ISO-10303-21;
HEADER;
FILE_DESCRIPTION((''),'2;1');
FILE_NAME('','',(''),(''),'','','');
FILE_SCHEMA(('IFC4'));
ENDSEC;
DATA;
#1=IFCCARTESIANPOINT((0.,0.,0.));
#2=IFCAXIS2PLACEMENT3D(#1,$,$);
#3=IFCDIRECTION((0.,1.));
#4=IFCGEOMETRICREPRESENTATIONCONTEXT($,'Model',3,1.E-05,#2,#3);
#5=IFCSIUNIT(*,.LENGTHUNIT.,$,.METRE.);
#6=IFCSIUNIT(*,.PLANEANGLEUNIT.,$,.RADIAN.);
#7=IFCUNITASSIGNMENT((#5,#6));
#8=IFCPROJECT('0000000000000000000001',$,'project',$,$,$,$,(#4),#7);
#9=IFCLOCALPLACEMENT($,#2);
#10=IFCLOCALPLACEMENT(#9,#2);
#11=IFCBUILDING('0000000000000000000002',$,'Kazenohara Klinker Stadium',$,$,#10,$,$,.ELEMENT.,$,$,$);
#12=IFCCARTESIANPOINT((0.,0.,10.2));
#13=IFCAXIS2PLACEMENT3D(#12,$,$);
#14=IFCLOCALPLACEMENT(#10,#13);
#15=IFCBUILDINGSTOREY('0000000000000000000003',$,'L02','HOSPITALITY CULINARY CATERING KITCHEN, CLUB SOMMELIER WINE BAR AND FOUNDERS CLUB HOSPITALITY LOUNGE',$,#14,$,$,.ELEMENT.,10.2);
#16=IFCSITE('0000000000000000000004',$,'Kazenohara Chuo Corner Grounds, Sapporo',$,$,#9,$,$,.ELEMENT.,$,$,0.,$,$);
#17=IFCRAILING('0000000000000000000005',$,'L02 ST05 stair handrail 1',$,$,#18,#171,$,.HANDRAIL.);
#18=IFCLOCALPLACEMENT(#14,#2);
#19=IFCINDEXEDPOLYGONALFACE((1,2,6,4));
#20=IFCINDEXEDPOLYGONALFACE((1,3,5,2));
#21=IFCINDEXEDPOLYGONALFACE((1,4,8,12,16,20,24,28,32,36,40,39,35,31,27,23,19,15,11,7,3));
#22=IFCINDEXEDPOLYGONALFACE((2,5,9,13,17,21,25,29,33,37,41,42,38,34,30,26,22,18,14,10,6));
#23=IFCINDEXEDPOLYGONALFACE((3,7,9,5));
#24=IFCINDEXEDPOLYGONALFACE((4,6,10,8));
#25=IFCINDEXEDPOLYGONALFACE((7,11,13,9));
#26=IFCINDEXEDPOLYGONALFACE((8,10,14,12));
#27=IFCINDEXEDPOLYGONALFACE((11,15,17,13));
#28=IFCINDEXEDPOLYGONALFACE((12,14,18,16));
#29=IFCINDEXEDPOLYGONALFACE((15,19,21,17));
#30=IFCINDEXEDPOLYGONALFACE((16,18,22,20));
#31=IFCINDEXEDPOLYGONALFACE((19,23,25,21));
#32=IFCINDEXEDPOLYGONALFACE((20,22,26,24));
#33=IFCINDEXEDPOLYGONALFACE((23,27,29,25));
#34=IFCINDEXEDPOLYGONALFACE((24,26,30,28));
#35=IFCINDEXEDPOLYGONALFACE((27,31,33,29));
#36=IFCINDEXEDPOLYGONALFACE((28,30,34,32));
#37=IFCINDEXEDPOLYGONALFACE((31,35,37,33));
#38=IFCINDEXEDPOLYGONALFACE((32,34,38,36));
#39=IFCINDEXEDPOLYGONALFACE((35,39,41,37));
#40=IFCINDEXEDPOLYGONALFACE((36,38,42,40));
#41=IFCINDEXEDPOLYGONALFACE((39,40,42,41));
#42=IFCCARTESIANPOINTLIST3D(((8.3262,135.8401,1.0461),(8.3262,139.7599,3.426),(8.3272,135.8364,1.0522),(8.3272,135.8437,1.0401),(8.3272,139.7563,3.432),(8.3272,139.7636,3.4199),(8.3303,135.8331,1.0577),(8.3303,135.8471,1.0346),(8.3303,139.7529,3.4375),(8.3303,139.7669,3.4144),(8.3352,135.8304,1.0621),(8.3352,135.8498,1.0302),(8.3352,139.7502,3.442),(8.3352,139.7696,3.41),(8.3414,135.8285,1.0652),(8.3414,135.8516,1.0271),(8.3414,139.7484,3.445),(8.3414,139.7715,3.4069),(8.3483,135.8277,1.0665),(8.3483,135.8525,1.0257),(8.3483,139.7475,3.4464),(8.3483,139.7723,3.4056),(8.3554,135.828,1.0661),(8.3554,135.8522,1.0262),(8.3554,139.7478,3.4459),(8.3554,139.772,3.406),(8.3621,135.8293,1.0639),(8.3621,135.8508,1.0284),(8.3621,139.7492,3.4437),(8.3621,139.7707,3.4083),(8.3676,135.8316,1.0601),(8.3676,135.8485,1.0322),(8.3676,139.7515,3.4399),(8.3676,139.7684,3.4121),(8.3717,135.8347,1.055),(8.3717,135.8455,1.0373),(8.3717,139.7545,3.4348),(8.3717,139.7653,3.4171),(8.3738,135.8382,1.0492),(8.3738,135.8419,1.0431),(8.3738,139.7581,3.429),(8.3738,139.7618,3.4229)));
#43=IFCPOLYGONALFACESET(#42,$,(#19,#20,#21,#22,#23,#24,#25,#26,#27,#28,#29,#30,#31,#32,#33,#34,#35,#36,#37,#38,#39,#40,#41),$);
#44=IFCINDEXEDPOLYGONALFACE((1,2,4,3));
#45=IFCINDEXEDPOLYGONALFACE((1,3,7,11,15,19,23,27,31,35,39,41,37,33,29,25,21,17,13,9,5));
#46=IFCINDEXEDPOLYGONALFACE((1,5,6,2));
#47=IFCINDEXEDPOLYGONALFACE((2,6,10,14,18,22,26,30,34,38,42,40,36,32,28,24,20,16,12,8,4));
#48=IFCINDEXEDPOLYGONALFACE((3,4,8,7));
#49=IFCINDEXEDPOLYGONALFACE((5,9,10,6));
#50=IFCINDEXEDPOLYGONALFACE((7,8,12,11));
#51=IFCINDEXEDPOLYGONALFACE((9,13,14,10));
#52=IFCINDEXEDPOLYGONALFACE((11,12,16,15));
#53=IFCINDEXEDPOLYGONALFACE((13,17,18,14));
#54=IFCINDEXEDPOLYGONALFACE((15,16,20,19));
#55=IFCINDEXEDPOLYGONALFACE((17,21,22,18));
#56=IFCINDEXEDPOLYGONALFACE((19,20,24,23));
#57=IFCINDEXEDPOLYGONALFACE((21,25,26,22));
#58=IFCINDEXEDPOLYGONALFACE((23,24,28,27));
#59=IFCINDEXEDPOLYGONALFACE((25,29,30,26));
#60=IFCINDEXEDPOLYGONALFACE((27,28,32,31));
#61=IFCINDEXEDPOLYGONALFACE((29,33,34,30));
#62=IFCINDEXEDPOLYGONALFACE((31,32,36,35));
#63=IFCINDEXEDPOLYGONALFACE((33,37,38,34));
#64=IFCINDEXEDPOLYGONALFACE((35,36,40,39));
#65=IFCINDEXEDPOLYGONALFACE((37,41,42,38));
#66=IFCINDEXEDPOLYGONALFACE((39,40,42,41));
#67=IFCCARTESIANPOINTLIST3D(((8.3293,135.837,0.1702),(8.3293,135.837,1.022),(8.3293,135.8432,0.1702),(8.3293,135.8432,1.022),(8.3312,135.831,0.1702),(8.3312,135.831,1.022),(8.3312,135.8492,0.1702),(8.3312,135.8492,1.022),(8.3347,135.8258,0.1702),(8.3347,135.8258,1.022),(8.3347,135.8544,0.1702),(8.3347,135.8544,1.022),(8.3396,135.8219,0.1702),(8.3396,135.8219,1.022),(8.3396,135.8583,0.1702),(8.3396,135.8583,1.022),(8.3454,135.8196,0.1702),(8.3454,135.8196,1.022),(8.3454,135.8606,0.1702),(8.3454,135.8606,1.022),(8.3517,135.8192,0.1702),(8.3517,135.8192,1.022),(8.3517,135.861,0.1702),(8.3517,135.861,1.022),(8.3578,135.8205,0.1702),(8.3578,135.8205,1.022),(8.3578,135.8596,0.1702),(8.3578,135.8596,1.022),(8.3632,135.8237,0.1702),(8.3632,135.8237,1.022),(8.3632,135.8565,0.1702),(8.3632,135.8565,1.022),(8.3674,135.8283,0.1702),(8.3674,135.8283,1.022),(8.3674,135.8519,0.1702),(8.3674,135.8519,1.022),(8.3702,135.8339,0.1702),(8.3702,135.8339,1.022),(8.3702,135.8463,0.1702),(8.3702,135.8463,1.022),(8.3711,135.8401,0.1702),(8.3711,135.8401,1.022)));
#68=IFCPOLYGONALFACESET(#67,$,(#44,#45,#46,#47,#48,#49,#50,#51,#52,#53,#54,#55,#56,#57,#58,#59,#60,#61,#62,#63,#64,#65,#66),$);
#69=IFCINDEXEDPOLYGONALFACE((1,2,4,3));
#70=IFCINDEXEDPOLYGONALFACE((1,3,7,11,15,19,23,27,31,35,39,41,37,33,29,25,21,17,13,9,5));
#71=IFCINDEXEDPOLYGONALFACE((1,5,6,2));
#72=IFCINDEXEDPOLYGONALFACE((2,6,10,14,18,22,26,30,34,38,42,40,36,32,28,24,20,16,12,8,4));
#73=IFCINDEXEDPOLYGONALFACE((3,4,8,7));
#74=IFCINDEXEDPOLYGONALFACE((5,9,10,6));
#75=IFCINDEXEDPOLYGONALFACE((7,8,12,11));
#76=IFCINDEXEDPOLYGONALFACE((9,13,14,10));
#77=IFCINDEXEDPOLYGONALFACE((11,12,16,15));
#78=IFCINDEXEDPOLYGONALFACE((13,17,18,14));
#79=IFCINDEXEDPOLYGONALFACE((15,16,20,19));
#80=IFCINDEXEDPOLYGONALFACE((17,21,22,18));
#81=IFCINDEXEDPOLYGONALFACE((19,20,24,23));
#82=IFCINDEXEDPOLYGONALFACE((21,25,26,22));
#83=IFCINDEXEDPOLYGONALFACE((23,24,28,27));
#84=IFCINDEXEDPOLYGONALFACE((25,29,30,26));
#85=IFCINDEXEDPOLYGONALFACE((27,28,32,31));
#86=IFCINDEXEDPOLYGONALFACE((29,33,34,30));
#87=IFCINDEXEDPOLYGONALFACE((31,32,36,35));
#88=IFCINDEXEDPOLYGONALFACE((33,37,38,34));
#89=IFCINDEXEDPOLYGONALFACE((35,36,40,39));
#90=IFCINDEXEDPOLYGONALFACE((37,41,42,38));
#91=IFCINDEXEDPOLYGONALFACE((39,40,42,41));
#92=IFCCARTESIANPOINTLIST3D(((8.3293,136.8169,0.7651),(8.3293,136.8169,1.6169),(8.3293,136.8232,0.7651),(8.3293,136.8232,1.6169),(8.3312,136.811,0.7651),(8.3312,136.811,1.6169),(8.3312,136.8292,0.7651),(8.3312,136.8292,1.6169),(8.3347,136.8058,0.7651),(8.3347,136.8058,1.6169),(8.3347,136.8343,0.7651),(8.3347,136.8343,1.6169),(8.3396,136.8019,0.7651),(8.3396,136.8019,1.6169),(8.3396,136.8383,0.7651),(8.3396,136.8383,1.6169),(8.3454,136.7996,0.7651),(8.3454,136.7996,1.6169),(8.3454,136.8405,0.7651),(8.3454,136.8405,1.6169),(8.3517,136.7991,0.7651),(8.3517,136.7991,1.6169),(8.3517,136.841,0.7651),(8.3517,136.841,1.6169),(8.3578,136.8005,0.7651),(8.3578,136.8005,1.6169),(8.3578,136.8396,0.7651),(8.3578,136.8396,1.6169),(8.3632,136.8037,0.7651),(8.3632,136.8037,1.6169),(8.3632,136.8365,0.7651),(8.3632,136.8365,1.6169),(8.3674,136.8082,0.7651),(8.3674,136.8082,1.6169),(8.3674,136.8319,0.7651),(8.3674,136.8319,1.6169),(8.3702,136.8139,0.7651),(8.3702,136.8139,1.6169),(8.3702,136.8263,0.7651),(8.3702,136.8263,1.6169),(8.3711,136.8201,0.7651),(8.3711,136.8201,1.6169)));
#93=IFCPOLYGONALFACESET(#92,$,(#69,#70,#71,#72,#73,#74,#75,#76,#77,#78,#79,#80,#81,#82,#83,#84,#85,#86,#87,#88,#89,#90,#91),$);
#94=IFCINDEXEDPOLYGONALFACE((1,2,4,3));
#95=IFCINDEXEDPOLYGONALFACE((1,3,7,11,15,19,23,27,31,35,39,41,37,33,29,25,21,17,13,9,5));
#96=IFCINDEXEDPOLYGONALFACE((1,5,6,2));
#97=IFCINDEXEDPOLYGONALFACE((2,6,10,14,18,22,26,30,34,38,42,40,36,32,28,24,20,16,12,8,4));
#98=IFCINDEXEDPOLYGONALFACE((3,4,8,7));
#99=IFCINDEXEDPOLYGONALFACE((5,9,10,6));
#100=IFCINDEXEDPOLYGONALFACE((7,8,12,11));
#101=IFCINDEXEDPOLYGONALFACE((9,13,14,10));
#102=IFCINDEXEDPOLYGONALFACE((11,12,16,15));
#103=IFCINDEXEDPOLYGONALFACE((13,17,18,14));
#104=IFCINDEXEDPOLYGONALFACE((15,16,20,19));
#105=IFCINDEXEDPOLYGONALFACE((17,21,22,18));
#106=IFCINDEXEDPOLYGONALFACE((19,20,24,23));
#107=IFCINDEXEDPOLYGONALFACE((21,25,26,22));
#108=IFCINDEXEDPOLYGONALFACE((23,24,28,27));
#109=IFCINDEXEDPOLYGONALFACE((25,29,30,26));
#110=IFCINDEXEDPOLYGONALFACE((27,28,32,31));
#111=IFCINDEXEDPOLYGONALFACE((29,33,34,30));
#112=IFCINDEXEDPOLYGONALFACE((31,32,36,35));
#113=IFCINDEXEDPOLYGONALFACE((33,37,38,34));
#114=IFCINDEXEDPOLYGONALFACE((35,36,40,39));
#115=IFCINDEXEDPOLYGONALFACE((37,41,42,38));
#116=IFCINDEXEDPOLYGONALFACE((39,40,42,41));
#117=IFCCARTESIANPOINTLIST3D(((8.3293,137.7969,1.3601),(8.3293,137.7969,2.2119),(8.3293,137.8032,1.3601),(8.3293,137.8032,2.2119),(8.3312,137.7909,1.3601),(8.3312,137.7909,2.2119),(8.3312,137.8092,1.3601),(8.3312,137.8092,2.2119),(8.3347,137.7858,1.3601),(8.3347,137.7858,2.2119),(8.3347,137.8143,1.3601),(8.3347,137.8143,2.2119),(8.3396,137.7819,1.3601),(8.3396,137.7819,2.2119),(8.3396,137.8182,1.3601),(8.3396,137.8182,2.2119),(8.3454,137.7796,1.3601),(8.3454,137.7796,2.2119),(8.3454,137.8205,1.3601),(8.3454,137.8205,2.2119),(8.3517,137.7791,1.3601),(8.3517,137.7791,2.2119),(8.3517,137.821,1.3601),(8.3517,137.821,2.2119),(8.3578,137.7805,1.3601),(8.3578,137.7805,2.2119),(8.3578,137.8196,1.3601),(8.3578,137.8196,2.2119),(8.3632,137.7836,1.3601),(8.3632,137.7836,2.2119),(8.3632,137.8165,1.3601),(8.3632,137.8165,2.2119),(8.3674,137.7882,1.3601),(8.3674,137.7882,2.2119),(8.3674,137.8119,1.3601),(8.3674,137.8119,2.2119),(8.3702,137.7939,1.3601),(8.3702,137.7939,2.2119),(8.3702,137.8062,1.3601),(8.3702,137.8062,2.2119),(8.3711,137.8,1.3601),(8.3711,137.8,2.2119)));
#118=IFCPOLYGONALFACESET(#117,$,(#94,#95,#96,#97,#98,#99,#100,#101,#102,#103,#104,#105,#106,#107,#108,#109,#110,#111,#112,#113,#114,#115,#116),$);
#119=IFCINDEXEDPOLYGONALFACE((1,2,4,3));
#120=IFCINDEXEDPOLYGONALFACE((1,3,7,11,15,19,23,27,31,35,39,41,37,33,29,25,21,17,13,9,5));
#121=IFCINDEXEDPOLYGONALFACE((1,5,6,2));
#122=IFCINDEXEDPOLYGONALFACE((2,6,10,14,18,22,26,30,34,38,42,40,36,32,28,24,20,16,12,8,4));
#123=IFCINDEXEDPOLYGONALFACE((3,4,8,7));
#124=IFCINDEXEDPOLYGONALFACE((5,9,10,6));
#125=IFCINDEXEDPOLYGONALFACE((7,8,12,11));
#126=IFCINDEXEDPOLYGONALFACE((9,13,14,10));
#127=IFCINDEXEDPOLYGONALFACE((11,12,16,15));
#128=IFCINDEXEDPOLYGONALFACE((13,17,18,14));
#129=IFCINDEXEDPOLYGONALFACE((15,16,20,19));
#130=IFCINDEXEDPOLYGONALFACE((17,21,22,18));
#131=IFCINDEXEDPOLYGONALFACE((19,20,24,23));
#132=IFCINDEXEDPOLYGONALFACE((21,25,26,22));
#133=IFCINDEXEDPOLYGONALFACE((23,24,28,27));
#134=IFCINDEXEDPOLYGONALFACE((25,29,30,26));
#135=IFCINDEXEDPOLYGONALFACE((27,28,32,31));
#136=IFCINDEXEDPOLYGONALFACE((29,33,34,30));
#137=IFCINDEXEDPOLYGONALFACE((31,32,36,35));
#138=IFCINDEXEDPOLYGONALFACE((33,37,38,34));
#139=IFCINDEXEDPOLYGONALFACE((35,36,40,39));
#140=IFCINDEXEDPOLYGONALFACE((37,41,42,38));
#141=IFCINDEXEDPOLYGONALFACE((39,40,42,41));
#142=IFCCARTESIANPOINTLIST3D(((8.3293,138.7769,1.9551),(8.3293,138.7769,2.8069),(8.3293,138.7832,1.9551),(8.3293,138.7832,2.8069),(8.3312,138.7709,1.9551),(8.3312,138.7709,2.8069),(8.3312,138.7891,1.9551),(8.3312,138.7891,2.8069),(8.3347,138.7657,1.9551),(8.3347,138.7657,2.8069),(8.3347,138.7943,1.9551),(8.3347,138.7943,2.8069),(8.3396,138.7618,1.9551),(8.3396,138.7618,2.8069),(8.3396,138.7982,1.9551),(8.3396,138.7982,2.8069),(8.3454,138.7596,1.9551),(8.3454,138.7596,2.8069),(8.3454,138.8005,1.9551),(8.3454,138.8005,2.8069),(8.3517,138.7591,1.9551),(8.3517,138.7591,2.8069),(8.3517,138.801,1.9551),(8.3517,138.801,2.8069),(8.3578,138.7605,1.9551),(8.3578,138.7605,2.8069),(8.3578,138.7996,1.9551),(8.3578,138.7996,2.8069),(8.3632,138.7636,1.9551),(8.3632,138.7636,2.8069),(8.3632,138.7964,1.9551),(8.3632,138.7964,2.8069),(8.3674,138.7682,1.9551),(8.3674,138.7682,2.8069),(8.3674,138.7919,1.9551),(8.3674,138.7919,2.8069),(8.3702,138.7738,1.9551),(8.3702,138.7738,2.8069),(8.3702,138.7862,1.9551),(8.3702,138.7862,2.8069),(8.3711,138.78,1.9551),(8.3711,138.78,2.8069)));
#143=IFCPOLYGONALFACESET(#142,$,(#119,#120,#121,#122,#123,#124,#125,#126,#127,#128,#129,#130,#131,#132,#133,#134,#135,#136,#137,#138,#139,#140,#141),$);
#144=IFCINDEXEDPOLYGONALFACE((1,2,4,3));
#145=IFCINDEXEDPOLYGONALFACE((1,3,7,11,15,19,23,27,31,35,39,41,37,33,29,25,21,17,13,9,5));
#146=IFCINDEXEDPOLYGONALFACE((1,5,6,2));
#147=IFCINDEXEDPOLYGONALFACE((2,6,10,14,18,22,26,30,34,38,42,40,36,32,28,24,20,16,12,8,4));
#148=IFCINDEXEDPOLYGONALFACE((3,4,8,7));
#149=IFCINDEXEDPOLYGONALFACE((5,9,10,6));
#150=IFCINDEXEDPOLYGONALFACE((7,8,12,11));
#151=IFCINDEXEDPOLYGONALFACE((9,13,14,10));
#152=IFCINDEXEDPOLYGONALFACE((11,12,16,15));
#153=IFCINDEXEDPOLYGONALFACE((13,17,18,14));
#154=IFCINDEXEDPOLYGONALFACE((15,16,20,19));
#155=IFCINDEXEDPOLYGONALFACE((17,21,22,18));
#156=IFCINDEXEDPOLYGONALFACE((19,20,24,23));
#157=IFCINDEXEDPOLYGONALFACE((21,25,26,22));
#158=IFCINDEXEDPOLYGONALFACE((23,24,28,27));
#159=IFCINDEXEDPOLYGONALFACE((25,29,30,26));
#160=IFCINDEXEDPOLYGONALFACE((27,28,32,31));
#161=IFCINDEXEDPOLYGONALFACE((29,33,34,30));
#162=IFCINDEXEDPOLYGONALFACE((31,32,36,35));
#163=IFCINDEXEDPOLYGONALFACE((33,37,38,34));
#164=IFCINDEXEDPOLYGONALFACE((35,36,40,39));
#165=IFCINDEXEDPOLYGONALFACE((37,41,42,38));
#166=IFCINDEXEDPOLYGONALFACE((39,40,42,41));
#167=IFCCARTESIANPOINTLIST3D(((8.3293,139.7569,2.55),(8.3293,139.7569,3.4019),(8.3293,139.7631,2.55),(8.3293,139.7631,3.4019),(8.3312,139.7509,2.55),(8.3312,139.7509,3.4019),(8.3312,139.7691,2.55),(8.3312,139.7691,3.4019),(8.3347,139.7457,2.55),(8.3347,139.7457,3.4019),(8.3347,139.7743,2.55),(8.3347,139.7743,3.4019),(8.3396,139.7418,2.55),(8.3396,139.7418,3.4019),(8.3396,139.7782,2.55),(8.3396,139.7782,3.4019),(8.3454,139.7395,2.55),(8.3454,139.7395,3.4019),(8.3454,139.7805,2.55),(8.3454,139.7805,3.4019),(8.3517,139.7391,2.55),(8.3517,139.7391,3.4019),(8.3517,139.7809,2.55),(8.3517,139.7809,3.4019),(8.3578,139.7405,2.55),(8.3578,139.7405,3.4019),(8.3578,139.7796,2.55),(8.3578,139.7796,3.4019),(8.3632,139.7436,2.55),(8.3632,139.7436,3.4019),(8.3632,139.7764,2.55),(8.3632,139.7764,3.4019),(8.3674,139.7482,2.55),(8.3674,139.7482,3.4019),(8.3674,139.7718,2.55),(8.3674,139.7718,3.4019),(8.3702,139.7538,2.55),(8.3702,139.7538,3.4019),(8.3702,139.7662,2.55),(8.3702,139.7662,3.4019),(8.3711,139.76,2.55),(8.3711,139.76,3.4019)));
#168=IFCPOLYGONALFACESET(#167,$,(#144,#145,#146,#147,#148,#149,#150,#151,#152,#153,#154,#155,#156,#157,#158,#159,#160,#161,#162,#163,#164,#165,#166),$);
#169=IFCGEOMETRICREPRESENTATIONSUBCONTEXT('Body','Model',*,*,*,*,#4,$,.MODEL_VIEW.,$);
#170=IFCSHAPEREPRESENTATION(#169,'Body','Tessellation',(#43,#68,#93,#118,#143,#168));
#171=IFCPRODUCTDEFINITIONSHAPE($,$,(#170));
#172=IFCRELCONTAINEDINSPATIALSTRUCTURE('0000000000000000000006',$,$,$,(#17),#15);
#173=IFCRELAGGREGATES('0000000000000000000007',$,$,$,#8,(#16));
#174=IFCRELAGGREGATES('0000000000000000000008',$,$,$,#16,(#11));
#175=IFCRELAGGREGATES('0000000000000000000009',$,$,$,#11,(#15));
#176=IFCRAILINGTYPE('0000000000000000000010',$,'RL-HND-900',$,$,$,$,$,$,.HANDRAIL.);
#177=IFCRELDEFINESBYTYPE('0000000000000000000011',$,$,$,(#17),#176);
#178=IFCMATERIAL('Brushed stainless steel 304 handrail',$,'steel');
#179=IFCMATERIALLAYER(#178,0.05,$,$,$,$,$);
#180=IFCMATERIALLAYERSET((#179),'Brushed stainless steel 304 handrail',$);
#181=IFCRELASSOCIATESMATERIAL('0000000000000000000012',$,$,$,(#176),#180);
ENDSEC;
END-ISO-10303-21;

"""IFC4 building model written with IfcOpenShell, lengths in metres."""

from ifc_helpers import new_model, si_unit, direction, frame, origin, origin_2d, place, context, subcontext, project, spatial, circle, extrude, material, layer, layer_set, type_object, element, save


model = new_model("IFC4")

# Units and contexts
model_context = context("Model", 3, precision=1e-05, world=origin(), true_north=direction((0.0, 1.0)))
body_context = subcontext(model_context, "Body", "Model", "MODEL_VIEW")
ifc_project = project(units=[si_unit("LENGTHUNIT", "METRE"), si_unit("PLANEANGLEUNIT", "RADIAN")], contexts=[model_context])

# Site, building, storey
site_placement = place(None, origin())
site = spatial("IfcSite", under=ifc_project, at=site_placement, Name="Kazenohara Chuo Corner Grounds, Sapporo", CompositionType="ELEMENT", RefElevation=0.0)
building_placement = place(site_placement, origin())
building = spatial("IfcBuilding", under=site, at=building_placement, Name="Kazenohara Klinker Stadium", CompositionType="ELEMENT")
storey_placement = place(building_placement, frame((0.0, 0.0, 10.2)))
storey = spatial("IfcBuildingStorey", under=building, at=storey_placement, Name="L02", Description="HOSPITALITY CULINARY CATERING KITCHEN, CLUB SOMMELIER WINE BAR AND FOUNDERS CLUB HOSPITALITY LOUNGE", CompositionType="ELEMENT", Elevation=10.2)

# Railing
ifc_material_1 = material(Name="Brushed stainless steel 304 handrail", Category="steel")
ifc_layer_1 = layer(ifc_material_1, 0.05)
ifc_layer_set_1 = layer_set([ifc_layer_1], Name="Brushed stainless steel 304 handrail")
railing_type_1 = type_object("IfcRailingType", Name="RL-HND-900", PredefinedType="HANDRAIL", material=ifc_layer_set_1)
for number, where, name in (
    (1, (8.3501, 135.8401, 0.1702), "L02 ST05 stair handrail 1"),
):
    element("IfcRailing", number, at=place(storey_placement, frame(where)), inside=storey, type_object=railing_type_1, Name=name, PredefinedType="HANDRAIL", context=body_context, shape_type="SweptSolid", body=[
        extrude(circle(Radius=0.0239, at=origin_2d()), frame((0.0, 0.0, 0.876), z_axis=(0.0, 0.854794, 0.518967), x_axis=(-1.0, 0.0, 0.0)), (0.0, 0.0, 1.0), 4.5857),
        extrude(circle(Radius=0.021, at=origin_2d()), origin(), (0.0, 0.0, 1.0), 0.8518),
        extrude(circle(Radius=0.021, at=origin_2d()), frame((0.0, 0.98, 0.595)), (0.0, 0.0, 1.0), 0.8518),
        extrude(circle(Radius=0.021, at=origin_2d()), frame((0.0, 1.96, 1.1899)), (0.0, 0.0, 1.0), 0.8518),
        extrude(circle(Radius=0.021, at=origin_2d()), frame((0.0, 2.9399, 1.7849)), (0.0, 0.0, 1.0), 0.8518),
        extrude(circle(Radius=0.021, at=origin_2d()), frame((0.0, 3.9199, 2.3799)), (0.0, 0.0, 1.0), 0.8518),
    ])

save(model, "model.ifc")
